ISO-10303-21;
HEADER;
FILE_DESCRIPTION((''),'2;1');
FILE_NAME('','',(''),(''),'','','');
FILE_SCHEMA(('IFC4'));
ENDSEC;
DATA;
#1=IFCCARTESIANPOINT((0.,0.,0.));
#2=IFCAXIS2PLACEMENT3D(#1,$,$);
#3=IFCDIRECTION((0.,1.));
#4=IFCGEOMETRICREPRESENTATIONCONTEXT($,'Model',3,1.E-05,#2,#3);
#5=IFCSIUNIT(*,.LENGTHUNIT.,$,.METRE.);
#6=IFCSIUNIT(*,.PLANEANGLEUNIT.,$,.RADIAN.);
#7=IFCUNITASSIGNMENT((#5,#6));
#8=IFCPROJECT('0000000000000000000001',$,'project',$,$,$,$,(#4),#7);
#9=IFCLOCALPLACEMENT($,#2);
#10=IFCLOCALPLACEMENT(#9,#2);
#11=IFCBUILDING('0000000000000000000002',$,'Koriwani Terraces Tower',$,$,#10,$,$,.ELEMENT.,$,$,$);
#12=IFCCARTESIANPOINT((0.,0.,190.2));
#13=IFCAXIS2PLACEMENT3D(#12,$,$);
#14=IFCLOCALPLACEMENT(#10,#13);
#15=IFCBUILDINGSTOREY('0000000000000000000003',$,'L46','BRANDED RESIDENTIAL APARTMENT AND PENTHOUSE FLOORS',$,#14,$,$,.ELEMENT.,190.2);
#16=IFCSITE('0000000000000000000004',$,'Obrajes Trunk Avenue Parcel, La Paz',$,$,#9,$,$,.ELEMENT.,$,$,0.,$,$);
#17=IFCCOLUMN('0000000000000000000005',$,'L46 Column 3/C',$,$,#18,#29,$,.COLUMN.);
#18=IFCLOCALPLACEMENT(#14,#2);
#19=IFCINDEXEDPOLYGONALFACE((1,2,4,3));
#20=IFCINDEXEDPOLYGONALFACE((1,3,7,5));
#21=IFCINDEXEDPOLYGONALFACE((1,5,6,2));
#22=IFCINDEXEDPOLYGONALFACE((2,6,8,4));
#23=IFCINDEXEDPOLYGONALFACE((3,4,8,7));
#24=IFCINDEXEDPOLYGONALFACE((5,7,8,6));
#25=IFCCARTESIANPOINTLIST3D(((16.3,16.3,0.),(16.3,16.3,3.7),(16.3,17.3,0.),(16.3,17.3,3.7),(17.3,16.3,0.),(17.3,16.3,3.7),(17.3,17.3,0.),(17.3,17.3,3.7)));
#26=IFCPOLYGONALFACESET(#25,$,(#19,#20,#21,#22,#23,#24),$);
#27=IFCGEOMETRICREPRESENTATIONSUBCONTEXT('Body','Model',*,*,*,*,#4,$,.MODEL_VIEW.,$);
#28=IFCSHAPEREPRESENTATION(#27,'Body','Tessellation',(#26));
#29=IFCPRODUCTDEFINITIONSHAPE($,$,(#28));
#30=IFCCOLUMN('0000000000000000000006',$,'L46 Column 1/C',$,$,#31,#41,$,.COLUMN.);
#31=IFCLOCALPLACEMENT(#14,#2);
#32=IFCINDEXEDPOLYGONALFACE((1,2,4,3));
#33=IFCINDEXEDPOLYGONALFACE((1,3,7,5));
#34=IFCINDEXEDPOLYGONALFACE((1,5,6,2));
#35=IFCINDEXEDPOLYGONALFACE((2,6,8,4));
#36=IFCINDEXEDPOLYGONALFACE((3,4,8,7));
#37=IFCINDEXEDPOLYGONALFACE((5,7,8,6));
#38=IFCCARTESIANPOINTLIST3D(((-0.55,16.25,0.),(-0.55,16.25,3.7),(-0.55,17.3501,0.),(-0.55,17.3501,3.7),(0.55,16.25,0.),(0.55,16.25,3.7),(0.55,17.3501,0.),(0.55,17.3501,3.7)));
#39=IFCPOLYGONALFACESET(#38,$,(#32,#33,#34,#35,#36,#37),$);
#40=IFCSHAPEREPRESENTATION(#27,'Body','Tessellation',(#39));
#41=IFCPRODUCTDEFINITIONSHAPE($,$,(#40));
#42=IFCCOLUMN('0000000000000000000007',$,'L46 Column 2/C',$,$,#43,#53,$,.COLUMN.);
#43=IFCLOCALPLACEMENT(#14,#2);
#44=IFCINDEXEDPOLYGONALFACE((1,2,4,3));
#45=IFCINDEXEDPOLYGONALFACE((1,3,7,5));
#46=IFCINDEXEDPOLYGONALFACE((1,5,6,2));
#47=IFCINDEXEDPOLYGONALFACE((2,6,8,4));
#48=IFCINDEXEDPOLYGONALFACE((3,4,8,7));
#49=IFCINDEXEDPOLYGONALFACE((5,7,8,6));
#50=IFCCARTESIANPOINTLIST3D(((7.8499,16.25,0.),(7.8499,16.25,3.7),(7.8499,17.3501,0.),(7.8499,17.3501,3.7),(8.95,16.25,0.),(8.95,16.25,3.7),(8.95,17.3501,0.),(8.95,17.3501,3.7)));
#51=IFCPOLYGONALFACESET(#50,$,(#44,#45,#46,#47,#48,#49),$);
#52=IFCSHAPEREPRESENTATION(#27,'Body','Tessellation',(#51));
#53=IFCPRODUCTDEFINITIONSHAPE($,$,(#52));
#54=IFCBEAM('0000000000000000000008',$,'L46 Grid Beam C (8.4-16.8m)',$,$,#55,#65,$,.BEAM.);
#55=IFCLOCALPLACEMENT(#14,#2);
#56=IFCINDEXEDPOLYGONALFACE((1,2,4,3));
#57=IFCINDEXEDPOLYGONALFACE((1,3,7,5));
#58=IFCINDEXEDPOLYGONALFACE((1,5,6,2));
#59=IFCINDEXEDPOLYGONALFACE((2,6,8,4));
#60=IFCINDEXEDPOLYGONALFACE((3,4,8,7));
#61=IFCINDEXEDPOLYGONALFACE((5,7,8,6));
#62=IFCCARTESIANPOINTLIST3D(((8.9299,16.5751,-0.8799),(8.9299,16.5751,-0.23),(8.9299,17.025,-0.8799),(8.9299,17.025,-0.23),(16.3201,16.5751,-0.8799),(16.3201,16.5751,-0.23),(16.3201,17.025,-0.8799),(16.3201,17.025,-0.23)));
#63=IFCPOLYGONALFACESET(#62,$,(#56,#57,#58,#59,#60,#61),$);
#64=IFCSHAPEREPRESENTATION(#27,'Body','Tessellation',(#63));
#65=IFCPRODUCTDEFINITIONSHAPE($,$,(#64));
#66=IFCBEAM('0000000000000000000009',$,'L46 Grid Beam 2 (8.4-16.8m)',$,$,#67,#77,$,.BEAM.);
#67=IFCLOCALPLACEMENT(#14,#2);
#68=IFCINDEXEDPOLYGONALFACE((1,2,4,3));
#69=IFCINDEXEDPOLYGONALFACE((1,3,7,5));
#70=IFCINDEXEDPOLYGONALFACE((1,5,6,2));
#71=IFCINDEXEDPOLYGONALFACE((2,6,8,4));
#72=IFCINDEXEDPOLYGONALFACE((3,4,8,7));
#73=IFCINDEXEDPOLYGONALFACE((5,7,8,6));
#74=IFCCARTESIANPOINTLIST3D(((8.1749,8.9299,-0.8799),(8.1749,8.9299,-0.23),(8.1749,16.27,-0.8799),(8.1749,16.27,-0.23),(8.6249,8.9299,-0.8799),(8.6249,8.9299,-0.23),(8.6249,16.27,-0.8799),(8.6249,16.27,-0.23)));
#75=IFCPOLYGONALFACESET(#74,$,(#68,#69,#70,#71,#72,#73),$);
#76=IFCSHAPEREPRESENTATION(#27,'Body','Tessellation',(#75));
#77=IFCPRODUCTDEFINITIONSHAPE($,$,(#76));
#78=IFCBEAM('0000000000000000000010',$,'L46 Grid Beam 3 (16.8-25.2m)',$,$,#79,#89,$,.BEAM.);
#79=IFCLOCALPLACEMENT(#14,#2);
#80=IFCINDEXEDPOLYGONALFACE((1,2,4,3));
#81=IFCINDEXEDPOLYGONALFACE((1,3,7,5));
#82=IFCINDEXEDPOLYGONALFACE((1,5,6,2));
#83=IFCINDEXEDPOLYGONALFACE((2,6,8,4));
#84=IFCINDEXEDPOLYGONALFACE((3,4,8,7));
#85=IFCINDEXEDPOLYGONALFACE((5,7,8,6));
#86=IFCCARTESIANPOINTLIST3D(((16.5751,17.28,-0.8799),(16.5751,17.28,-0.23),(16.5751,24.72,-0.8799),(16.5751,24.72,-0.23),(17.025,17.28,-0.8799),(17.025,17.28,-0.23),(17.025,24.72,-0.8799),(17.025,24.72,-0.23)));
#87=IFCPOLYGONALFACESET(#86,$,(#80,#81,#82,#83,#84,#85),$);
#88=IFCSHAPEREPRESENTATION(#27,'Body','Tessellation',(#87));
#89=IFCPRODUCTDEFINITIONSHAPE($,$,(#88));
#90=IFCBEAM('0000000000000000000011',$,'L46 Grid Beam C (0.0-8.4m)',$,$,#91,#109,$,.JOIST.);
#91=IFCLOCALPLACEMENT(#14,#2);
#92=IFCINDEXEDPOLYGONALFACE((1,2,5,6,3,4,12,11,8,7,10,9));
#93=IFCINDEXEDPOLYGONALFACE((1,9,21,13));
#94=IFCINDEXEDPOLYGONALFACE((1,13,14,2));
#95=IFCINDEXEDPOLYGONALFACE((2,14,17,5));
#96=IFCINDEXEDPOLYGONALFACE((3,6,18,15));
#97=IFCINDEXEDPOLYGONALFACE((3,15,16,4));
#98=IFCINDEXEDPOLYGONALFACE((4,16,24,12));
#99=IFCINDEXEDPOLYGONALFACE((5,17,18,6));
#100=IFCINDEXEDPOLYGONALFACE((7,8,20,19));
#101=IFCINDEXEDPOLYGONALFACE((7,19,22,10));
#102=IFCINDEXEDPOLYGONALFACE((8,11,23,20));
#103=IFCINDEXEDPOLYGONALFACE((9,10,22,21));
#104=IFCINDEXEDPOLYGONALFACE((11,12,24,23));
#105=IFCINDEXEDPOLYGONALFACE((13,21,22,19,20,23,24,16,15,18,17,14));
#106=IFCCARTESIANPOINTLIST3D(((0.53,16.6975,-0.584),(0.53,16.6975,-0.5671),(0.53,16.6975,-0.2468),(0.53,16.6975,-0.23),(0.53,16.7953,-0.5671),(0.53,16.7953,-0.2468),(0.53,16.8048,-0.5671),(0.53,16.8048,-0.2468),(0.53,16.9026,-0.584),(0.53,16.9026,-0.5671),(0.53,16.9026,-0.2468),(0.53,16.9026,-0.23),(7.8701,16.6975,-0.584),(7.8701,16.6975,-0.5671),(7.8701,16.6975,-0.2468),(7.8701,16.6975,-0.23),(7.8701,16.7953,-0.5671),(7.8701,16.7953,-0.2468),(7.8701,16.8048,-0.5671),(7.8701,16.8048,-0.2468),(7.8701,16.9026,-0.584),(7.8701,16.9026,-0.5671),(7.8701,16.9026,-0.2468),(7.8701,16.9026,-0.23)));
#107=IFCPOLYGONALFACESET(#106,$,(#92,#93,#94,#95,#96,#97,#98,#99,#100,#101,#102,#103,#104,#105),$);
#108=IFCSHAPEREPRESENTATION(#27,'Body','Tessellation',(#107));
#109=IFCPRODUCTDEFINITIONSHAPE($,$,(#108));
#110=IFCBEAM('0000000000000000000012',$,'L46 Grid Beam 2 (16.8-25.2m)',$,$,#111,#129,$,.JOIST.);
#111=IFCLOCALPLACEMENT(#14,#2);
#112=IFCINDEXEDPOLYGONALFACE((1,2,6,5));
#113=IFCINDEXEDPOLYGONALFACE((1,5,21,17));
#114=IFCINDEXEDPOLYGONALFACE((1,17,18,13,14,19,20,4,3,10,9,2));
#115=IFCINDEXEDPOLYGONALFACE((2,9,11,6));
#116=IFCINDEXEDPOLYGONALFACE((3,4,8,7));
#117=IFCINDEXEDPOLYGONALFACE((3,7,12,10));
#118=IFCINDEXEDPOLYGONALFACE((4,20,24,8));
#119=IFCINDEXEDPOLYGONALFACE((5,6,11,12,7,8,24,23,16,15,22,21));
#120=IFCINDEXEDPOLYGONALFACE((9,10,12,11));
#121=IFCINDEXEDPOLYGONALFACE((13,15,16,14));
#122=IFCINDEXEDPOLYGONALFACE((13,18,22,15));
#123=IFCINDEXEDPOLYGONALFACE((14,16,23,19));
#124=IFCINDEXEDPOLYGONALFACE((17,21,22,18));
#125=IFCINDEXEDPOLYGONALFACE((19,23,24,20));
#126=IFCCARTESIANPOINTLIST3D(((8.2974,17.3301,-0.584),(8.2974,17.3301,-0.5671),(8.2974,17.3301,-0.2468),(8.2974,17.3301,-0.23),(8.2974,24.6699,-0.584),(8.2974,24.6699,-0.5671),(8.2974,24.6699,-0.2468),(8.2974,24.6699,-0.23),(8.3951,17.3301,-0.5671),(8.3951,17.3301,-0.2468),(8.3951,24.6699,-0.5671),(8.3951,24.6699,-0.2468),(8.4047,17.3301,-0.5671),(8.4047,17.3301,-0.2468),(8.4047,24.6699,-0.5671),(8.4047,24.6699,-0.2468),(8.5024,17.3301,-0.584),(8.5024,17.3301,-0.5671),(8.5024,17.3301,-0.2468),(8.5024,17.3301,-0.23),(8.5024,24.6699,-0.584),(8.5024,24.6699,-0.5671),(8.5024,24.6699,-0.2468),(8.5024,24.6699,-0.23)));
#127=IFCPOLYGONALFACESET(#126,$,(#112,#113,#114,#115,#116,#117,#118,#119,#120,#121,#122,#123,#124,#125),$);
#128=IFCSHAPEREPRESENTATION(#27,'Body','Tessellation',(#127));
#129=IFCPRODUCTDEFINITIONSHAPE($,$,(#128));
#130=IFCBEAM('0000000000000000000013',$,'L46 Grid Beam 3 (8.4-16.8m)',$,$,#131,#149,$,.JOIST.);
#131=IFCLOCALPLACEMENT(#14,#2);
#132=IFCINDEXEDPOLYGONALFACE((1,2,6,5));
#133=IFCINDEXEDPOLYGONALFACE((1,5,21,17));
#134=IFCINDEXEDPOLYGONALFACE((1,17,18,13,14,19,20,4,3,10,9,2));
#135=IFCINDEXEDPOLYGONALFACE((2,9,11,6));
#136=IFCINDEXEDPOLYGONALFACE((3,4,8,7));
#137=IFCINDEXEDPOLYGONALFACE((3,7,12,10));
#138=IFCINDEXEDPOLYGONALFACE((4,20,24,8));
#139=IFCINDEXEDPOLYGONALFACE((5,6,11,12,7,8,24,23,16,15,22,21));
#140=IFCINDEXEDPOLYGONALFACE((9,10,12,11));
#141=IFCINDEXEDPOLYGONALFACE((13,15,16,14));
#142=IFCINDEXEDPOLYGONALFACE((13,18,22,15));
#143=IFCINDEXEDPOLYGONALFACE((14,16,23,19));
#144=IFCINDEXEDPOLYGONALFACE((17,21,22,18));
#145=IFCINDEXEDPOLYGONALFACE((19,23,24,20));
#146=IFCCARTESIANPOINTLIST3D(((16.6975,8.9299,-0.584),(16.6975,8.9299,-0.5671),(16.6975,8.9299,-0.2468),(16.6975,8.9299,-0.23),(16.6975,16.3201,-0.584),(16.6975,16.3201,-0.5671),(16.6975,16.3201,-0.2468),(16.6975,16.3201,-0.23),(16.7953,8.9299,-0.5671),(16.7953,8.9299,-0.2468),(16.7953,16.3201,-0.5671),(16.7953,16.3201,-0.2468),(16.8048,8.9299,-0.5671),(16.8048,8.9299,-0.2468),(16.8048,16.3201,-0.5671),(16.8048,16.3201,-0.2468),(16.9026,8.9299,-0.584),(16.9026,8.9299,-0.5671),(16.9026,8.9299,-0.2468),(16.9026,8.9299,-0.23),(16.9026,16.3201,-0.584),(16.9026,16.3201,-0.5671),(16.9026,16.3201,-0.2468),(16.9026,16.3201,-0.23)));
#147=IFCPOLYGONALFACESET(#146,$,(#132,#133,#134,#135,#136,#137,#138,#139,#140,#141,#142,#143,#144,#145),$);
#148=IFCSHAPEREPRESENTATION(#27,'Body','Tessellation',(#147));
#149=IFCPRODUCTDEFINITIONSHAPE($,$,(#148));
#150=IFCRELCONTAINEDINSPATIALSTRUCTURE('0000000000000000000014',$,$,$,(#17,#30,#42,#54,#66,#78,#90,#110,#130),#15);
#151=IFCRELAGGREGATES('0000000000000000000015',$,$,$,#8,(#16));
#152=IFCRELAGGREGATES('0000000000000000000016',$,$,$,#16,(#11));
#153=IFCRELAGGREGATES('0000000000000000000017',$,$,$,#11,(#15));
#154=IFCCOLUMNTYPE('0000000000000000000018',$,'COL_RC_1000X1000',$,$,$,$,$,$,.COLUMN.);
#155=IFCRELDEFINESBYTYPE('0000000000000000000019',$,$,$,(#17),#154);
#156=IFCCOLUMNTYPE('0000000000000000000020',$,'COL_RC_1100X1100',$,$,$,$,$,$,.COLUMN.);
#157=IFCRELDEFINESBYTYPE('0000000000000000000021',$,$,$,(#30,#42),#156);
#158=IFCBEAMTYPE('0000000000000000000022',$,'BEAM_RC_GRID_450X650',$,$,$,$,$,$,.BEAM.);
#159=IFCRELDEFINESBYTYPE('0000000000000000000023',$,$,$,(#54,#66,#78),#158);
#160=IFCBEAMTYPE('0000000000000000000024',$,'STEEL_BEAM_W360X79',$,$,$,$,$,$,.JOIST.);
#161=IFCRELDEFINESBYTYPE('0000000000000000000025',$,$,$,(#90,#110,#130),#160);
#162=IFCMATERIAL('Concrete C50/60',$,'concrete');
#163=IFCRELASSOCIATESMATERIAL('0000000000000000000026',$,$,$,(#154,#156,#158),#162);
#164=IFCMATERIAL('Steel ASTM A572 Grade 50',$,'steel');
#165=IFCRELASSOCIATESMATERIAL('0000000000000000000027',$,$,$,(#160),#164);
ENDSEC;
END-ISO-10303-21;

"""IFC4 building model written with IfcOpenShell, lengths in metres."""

from ifc_helpers import new_model, si_unit, direction, frame, origin, origin_2d, place, context, subcontext, project, spatial, rectangle, i_section, extrude, material, material_profile, profile_set, type_object, element, save


model = new_model("IFC4")

# Units and contexts
model_context = context("Model", 3, precision=1e-05, world=origin(), true_north=direction((0.0, 1.0)))
body_context = subcontext(model_context, "Body", "Model", "MODEL_VIEW")
ifc_project = project(units=[si_unit("LENGTHUNIT", "METRE"), si_unit("PLANEANGLEUNIT", "RADIAN")], contexts=[model_context])

# Site, building, storey
site_placement = place(None, origin())
site = spatial("IfcSite", under=ifc_project, at=site_placement, Name="Obrajes Trunk Avenue Parcel, La Paz", CompositionType="ELEMENT", RefElevation=0.0)
building_placement = place(site_placement, origin())
building = spatial("IfcBuilding", under=site, at=building_placement, Name="Koriwani Terraces Tower", CompositionType="ELEMENT")
storey_placement = place(building_placement, frame((0.0, 0.0, 190.2)))
storey = spatial("IfcBuildingStorey", under=building, at=storey_placement, Name="L46", Description="BRANDED RESIDENTIAL APARTMENT AND PENTHOUSE FLOORS", CompositionType="ELEMENT", Elevation=190.2)

# Columns
ifc_material_1 = material(Name="Concrete C50/60", Category="concrete")
ifc_material_profile_1 = material_profile(ifc_material_1, rectangle(XDim=1.0, YDim=1.0, at=origin_2d()), Name="Concrete C50/60", Category="LoadBearing")
ifc_profile_set_1 = profile_set([ifc_material_profile_1], Name="Concrete C50/60")
column_type_1 = type_object("IfcColumnType", Name="COL_RC_1000X1000", PredefinedType="COLUMN", material=ifc_profile_set_1)
column_placement = place(storey_placement, frame((16.8, 16.8, 0.0), z_axis=(0.0, 0.0, 1.0), x_axis=(1.0, 0.0, 0.0)))
element("IfcColumn", 1, at=column_placement, inside=storey, type_object=column_type_1, Name="L46 Column 3/C", PredefinedType="COLUMN", context=body_context, shape_type="SweptSolid", body=[
    extrude(rectangle(XDim=1.0, YDim=1.0, at=origin_2d()), origin(), (0.0, 0.0, 1.0), 3.7),
])
ifc_material_profile_2 = material_profile(ifc_material_1, rectangle(XDim=1.1001, YDim=1.1001, at=origin_2d()), Name="Concrete C50/60", Category="LoadBearing")
ifc_profile_set_2 = profile_set([ifc_material_profile_2], Name="Concrete C50/60")
column_type_2 = type_object("IfcColumnType", Name="COL_RC_1100X1100", PredefinedType="COLUMN", material=ifc_profile_set_2)
for number, where, z_axis, x_axis, name in (
    (2, (0.0, 16.8, 0.0), (0.0, 0.0, 1.0), (1.0, 0.0, 0.0), "L46 Column 1/C"),
    (3, (8.3999, 16.8, 0.0), (0.0, 0.0, 1.0), (1.0, 0.0, 0.0), "L46 Column 2/C"),
):
    element("IfcColumn", number, at=place(storey_placement, frame(where, z_axis=z_axis, x_axis=x_axis)), inside=storey, type_object=column_type_2, Name=name, PredefinedType="COLUMN", context=body_context, shape_type="SweptSolid", body=[
        extrude(rectangle(XDim=1.1001, YDim=1.1001, at=origin_2d()), origin(), (0.0, 0.0, 1.0), 3.7),
    ])

# Beams
ifc_material_profile_3 = material_profile(ifc_material_1, rectangle(XDim=0.45, YDim=0.6499, at=origin_2d()), Name="Concrete C50/60", Category="LoadBearing")
ifc_profile_set_3 = profile_set([ifc_material_profile_3], Name="Concrete C50/60")
beam_type_1 = type_object("IfcBeamType", Name="BEAM_RC_GRID_450X650", PredefinedType="BEAM", material=ifc_profile_set_3)
beam_1_placement = place(storey_placement, frame((8.9299, 16.8, -0.5549), z_axis=(1.0, 0.0, 0.0), x_axis=(0.0, 1.0, 0.0)))
element("IfcBeam", 4, at=beam_1_placement, inside=storey, type_object=beam_type_1, Name="L46 Grid Beam C (8.4-16.8m)", PredefinedType="BEAM", context=body_context, shape_type="SweptSolid", body=[
    extrude(rectangle(XDim=0.45, YDim=0.6499, at=origin_2d()), origin(), (0.0, 0.0, 1.0), 7.3901),
])
beam_2_placement = place(storey_placement, frame((8.3999, 8.9299, -0.5549), z_axis=(0.0, 1.0, 0.0), x_axis=(-1.0, 0.0, 0.0)))
element("IfcBeam", 5, at=beam_2_placement, inside=storey, type_object=beam_type_1, Name="L46 Grid Beam 2 (8.4-16.8m)", PredefinedType="BEAM", context=body_context, shape_type="SweptSolid", body=[
    extrude(rectangle(XDim=0.45, YDim=0.6499, at=origin_2d()), origin(), (0.0, 0.0, 1.0), 7.3401),
])
beam_3_placement = place(storey_placement, frame((16.8, 17.28, -0.5549), z_axis=(0.0, 1.0, 0.0), x_axis=(-1.0, 0.0, 0.0)))
element("IfcBeam", 6, at=beam_3_placement, inside=storey, type_object=beam_type_1, Name="L46 Grid Beam 3 (16.8-25.2m)", PredefinedType="BEAM", context=body_context, shape_type="SweptSolid", body=[
    extrude(rectangle(XDim=0.45, YDim=0.6499, at=origin_2d()), origin(), (0.0, 0.0, 1.0), 7.4399),
])
ifc_material_2 = material(Name="Steel ASTM A572 Grade 50", Category="steel")
ifc_material_profile_4 = material_profile(ifc_material_2, i_section(OverallWidth=0.2051, OverallDepth=0.354, WebThickness=0.0095, FlangeThickness=0.0168, at=origin_2d()), Name="Steel ASTM A572 Grade 50", Category="LoadBearing")
ifc_profile_set_4 = profile_set([ifc_material_profile_4], Name="Steel ASTM A572 Grade 50")
beam_type_2 = type_object("IfcBeamType", Name="STEEL_BEAM_W360X79", PredefinedType="JOIST", material=ifc_profile_set_4)
beam_4_placement = place(storey_placement, frame((0.53, 16.8, -0.407), z_axis=(1.0, 0.0, 0.0), x_axis=(0.0, 1.0, 0.0)))
element("IfcBeam", 7, at=beam_4_placement, inside=storey, type_object=beam_type_2, Name="L46 Grid Beam C (0.0-8.4m)", PredefinedType="JOIST", context=body_context, shape_type="SweptSolid", body=[
    extrude(i_section(OverallWidth=0.2051, OverallDepth=0.354, WebThickness=0.0095, FlangeThickness=0.0168, at=origin_2d()), origin(), (0.0, 0.0, 1.0), 7.3401),
])
beam_5_placement = place(storey_placement, frame((8.3999, 17.3301, -0.407), z_axis=(0.0, 1.0, 0.0), x_axis=(-1.0, 0.0, 0.0)))
element("IfcBeam", 8, at=beam_5_placement, inside=storey, type_object=beam_type_2, Name="L46 Grid Beam 2 (16.8-25.2m)", PredefinedType="JOIST", context=body_context, shape_type="SweptSolid", body=[
    extrude(i_section(OverallWidth=0.2051, OverallDepth=0.354, WebThickness=0.0095, FlangeThickness=0.0168, at=origin_2d()), origin(), (0.0, 0.0, 1.0), 7.3398),
])
beam_6_placement = place(storey_placement, frame((16.8, 8.9299, -0.407), z_axis=(0.0, 1.0, 0.0), x_axis=(-1.0, 0.0, 0.0)))
element("IfcBeam", 9, at=beam_6_placement, inside=storey, type_object=beam_type_2, Name="L46 Grid Beam 3 (8.4-16.8m)", PredefinedType="JOIST", context=body_context, shape_type="SweptSolid", body=[
    extrude(i_section(OverallWidth=0.2051, OverallDepth=0.354, WebThickness=0.0095, FlangeThickness=0.0168, at=origin_2d()), origin(), (0.0, 0.0, 1.0), 7.3901),
])

save(model, "model.ifc")
